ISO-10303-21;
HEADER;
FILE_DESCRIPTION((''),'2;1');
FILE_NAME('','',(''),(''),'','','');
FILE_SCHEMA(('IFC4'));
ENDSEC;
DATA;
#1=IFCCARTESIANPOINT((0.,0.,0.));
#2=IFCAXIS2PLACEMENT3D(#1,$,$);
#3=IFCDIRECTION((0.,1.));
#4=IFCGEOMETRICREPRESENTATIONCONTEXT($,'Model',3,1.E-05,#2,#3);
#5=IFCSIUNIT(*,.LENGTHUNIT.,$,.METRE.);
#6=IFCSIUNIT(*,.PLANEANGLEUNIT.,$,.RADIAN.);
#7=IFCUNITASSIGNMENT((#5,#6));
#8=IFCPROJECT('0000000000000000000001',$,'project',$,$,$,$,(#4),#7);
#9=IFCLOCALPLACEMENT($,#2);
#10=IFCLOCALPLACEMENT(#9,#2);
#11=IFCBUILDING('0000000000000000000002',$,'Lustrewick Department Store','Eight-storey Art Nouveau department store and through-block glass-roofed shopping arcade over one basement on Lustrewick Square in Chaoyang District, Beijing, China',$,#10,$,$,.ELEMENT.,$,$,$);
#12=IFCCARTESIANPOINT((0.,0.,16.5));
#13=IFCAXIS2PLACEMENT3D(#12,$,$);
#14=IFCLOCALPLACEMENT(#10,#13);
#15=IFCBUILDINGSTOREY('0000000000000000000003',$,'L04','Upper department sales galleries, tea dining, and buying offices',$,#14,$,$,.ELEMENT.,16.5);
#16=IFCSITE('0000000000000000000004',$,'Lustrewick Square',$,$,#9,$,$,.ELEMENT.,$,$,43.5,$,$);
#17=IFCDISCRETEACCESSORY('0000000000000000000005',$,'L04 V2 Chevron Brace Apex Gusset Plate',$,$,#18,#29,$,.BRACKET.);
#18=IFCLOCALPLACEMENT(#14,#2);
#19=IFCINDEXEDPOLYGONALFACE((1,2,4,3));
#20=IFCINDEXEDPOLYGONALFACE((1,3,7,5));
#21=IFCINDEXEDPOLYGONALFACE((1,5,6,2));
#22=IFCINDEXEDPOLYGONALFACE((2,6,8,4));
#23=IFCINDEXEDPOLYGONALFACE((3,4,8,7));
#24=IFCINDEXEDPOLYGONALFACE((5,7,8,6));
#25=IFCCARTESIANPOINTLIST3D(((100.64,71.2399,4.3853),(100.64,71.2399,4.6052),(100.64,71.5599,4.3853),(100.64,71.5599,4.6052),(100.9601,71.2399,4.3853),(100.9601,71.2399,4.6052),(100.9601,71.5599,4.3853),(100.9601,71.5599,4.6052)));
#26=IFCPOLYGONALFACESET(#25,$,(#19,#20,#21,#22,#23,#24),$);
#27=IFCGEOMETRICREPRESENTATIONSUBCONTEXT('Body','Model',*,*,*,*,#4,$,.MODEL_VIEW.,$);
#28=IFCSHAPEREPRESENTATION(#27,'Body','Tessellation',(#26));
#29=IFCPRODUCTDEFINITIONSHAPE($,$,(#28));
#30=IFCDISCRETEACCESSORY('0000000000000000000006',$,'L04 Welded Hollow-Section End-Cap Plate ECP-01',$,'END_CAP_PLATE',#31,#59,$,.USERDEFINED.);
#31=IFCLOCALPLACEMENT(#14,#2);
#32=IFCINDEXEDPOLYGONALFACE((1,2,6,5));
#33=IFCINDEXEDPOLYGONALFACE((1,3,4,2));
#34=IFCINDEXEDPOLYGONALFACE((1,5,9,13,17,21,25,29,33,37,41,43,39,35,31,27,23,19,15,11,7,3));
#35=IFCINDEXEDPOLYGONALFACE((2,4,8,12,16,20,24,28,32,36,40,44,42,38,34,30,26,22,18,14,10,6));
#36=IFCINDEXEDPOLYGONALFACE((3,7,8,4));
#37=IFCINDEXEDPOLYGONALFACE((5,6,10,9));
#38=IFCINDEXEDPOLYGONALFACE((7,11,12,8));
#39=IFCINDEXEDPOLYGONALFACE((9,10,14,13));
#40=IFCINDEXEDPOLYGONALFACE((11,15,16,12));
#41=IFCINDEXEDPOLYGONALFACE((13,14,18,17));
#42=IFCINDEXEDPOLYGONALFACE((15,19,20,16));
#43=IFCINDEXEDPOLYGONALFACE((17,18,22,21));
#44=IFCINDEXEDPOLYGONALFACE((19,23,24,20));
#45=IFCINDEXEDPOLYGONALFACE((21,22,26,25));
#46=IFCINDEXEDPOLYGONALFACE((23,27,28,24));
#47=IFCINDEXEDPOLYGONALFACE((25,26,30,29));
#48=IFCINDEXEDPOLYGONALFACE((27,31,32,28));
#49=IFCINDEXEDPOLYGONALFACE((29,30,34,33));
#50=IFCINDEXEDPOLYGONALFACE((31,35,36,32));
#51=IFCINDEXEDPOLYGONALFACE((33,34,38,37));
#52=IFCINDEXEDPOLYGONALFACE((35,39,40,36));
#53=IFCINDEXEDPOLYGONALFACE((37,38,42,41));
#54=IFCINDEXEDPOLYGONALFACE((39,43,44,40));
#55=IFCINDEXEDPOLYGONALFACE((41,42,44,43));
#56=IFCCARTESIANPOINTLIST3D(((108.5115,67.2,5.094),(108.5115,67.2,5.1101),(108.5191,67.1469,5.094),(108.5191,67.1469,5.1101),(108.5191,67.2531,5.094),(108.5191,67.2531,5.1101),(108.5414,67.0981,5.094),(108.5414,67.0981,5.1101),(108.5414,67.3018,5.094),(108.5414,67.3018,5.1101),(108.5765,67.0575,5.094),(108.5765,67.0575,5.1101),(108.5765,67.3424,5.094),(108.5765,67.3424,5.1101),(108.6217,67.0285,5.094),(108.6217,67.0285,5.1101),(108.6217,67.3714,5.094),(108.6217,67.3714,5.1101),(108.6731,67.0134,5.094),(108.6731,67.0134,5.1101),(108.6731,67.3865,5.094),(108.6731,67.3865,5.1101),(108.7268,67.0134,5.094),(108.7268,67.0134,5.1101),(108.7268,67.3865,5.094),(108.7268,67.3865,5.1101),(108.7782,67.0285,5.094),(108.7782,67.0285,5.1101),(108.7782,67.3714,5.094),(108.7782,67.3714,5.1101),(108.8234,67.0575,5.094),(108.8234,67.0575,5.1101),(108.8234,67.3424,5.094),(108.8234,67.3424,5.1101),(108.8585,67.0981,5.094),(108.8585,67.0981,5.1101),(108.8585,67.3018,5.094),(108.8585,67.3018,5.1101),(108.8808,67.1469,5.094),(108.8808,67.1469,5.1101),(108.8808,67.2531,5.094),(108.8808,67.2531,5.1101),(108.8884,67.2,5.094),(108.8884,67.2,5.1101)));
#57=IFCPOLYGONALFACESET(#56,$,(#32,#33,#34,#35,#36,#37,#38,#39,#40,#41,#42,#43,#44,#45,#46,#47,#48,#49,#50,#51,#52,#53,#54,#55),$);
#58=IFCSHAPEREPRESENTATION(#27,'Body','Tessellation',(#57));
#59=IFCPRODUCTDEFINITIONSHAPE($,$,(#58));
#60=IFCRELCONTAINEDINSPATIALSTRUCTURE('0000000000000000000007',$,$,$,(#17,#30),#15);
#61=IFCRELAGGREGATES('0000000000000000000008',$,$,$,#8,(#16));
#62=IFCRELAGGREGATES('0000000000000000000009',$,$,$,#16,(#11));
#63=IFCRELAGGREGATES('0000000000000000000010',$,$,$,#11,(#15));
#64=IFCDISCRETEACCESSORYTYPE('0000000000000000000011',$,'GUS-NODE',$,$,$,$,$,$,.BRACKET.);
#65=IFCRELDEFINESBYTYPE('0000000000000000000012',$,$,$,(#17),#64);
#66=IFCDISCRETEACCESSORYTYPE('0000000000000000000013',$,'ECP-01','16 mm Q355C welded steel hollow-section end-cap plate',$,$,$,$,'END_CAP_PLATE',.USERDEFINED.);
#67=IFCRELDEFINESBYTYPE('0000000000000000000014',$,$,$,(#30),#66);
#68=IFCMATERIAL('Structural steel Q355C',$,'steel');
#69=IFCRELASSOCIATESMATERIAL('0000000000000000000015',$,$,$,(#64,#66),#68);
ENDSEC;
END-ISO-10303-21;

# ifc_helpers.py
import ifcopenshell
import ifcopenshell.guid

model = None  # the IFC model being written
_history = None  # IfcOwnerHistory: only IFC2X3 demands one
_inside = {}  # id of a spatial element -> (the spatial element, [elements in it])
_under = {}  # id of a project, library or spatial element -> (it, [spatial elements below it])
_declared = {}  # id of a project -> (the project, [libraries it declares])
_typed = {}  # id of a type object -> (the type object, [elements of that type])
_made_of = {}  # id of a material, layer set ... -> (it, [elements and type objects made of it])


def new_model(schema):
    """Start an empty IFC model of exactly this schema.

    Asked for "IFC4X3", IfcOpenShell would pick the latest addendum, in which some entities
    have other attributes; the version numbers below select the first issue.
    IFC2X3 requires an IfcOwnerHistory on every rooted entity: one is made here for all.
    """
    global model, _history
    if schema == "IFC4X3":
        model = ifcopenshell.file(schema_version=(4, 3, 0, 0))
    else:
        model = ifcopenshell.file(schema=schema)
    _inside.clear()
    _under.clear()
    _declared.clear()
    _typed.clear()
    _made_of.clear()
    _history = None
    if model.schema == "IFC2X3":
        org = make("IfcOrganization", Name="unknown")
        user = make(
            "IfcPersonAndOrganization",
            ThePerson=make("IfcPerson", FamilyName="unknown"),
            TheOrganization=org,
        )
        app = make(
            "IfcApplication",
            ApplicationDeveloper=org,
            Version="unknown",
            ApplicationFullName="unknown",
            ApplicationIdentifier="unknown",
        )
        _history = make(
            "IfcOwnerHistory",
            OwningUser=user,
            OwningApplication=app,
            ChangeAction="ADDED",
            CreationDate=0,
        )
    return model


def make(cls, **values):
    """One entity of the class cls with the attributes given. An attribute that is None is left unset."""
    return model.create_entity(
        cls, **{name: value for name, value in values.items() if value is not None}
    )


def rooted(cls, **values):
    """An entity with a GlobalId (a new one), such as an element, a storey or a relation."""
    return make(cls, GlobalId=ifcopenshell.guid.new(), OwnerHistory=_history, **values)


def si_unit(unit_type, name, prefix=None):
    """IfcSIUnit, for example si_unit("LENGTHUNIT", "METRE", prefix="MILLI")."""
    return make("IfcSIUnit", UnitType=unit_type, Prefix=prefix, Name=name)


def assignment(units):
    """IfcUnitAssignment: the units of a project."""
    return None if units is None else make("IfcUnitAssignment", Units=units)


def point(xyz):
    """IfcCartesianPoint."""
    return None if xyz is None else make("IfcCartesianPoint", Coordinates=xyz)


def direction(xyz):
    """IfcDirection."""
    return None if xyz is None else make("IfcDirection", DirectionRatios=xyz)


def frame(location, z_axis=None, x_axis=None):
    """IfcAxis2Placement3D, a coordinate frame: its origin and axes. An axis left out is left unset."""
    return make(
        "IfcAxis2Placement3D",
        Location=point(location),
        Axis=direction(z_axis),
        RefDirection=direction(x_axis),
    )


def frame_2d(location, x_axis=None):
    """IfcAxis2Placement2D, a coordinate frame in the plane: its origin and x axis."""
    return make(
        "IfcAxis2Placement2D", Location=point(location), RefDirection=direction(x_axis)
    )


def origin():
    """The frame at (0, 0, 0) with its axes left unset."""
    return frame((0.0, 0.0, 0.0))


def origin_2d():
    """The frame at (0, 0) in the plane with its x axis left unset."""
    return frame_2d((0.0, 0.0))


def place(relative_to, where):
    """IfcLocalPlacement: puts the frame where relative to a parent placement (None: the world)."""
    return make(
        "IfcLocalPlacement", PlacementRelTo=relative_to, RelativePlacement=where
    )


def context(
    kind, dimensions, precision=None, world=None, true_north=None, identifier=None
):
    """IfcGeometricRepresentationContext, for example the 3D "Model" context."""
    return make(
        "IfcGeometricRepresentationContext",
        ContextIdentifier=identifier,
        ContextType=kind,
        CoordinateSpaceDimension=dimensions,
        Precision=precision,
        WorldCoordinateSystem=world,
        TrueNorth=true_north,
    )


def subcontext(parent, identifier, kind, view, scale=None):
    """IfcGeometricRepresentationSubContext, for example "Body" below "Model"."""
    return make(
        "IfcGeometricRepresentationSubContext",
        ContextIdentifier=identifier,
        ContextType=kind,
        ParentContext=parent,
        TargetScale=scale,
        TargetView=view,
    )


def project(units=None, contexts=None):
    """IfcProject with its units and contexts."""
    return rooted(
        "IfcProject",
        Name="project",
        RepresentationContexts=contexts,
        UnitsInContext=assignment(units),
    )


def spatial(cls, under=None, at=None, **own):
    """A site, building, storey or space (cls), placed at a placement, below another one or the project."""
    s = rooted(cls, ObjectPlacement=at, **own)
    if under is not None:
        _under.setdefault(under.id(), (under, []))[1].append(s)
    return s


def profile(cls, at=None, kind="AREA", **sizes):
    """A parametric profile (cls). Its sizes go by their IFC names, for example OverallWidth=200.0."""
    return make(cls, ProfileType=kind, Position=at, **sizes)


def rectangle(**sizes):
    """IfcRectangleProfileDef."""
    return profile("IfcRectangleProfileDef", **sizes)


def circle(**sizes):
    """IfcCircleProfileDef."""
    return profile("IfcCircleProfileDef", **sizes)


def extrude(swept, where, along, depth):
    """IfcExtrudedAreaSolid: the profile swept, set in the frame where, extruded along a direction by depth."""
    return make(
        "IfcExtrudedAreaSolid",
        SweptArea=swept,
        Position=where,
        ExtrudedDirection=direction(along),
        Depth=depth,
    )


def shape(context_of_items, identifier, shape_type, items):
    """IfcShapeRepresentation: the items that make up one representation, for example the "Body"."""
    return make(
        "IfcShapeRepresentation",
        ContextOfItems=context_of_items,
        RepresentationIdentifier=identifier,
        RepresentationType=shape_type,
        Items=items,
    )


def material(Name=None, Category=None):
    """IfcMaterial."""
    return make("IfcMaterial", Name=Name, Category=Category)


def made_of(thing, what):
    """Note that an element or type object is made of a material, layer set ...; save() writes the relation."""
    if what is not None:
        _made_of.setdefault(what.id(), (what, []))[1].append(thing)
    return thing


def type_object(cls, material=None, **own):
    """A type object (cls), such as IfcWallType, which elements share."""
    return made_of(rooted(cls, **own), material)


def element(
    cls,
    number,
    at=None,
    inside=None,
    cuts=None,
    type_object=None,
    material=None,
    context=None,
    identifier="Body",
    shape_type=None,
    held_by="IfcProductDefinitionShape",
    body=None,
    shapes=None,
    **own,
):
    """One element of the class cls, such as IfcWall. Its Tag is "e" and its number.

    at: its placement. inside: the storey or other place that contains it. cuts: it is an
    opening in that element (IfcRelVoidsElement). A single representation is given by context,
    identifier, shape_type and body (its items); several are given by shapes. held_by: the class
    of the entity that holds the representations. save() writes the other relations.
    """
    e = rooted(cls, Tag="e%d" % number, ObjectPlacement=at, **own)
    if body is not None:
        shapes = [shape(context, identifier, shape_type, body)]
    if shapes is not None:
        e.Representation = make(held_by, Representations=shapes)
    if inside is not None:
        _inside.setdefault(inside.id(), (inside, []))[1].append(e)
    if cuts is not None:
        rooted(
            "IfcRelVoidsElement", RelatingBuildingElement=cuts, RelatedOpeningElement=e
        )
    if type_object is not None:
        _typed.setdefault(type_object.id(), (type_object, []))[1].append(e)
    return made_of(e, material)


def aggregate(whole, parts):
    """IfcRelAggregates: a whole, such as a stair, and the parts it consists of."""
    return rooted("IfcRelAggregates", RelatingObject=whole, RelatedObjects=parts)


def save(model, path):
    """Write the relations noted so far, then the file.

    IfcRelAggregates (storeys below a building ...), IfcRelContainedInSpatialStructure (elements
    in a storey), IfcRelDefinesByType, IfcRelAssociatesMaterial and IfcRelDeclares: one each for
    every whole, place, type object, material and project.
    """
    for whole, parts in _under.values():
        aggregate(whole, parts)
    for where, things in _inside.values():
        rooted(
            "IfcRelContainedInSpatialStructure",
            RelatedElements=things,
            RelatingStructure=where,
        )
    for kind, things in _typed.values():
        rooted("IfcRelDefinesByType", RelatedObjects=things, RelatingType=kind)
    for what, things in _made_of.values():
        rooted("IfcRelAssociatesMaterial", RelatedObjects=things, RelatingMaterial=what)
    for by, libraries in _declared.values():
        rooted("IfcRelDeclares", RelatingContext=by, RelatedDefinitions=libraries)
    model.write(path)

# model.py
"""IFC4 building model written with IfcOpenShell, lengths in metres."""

from ifc_helpers import new_model, si_unit, direction, frame, origin, origin_2d, place, context, subcontext, project, spatial, rectangle, circle, extrude, material, type_object, element, save


model = new_model("IFC4")

# Units and contexts
model_context = context("Model", 3, precision=1e-05, world=origin(), true_north=direction((0.0, 1.0)))
body_context = subcontext(model_context, "Body", "Model", "MODEL_VIEW")
ifc_project = project(units=[si_unit("LENGTHUNIT", "METRE"), si_unit("PLANEANGLEUNIT", "RADIAN")], contexts=[model_context])

# Site, building, storey
site_placement = place(None, origin())
site = spatial("IfcSite", under=ifc_project, at=site_placement, Name="Lustrewick Square", CompositionType="ELEMENT", RefElevation=43.5)
building_placement = place(site_placement, origin())
building = spatial("IfcBuilding", under=site, at=building_placement, Name="Lustrewick Department Store", Description="Eight-storey Art Nouveau department store and through-block glass-roofed shopping arcade over one basement on Lustrewick Square in Chaoyang District, Beijing, China", CompositionType="ELEMENT")
storey_placement = place(building_placement, frame((0.0, 0.0, 16.5)))
storey = spatial("IfcBuildingStorey", under=building, at=storey_placement, Name="L04", Description="Upper department sales galleries, tea dining, and buying offices", CompositionType="ELEMENT", Elevation=16.5)

# Shared definitions
ifc_material_1 = material(Name="Structural steel Q355C", Category="steel")

# Discrete accessories
discrete_accessory_type_1 = type_object("IfcDiscreteAccessoryType", Name="GUS-NODE", PredefinedType="BRACKET", material=ifc_material_1)
discrete_accessory_1_placement = place(storey_placement, frame((100.8, 71.3999, 4.3853), z_axis=(0.0, 0.0, 1.0), x_axis=(1.0, 0.0, 0.0)))
element("IfcDiscreteAccessory", 1, at=discrete_accessory_1_placement, inside=storey, type_object=discrete_accessory_type_1, Name="L04 V2 Chevron Brace Apex Gusset Plate", PredefinedType="BRACKET", context=body_context, shape_type="SweptSolid", body=[
    extrude(rectangle(XDim=0.3201, YDim=0.3201, at=origin_2d()), origin(), (0.0, 0.0, 1.0), 0.22),
])
discrete_accessory_type_2 = type_object("IfcDiscreteAccessoryType", Name="ECP-01", Description="16 mm Q355C welded steel hollow-section end-cap plate", ElementType="END_CAP_PLATE", PredefinedType="USERDEFINED", material=ifc_material_1)
discrete_accessory_2_placement = place(storey_placement, frame((108.7, 67.2, 5.094), z_axis=(0.0, 0.0, 1.0), x_axis=(1.0, 0.0, 0.0)))
element("IfcDiscreteAccessory", 2, at=discrete_accessory_2_placement, inside=storey, type_object=discrete_accessory_type_2, Name="L04 Welded Hollow-Section End-Cap Plate ECP-01", ObjectType="END_CAP_PLATE", PredefinedType="USERDEFINED", context=body_context, shape_type="SweptSolid", body=[
    extrude(circle(Radius=0.1885, at=origin_2d()), origin(), (0.0, 0.0, 1.0), 0.0161),
])

save(model, "model.ifc")
